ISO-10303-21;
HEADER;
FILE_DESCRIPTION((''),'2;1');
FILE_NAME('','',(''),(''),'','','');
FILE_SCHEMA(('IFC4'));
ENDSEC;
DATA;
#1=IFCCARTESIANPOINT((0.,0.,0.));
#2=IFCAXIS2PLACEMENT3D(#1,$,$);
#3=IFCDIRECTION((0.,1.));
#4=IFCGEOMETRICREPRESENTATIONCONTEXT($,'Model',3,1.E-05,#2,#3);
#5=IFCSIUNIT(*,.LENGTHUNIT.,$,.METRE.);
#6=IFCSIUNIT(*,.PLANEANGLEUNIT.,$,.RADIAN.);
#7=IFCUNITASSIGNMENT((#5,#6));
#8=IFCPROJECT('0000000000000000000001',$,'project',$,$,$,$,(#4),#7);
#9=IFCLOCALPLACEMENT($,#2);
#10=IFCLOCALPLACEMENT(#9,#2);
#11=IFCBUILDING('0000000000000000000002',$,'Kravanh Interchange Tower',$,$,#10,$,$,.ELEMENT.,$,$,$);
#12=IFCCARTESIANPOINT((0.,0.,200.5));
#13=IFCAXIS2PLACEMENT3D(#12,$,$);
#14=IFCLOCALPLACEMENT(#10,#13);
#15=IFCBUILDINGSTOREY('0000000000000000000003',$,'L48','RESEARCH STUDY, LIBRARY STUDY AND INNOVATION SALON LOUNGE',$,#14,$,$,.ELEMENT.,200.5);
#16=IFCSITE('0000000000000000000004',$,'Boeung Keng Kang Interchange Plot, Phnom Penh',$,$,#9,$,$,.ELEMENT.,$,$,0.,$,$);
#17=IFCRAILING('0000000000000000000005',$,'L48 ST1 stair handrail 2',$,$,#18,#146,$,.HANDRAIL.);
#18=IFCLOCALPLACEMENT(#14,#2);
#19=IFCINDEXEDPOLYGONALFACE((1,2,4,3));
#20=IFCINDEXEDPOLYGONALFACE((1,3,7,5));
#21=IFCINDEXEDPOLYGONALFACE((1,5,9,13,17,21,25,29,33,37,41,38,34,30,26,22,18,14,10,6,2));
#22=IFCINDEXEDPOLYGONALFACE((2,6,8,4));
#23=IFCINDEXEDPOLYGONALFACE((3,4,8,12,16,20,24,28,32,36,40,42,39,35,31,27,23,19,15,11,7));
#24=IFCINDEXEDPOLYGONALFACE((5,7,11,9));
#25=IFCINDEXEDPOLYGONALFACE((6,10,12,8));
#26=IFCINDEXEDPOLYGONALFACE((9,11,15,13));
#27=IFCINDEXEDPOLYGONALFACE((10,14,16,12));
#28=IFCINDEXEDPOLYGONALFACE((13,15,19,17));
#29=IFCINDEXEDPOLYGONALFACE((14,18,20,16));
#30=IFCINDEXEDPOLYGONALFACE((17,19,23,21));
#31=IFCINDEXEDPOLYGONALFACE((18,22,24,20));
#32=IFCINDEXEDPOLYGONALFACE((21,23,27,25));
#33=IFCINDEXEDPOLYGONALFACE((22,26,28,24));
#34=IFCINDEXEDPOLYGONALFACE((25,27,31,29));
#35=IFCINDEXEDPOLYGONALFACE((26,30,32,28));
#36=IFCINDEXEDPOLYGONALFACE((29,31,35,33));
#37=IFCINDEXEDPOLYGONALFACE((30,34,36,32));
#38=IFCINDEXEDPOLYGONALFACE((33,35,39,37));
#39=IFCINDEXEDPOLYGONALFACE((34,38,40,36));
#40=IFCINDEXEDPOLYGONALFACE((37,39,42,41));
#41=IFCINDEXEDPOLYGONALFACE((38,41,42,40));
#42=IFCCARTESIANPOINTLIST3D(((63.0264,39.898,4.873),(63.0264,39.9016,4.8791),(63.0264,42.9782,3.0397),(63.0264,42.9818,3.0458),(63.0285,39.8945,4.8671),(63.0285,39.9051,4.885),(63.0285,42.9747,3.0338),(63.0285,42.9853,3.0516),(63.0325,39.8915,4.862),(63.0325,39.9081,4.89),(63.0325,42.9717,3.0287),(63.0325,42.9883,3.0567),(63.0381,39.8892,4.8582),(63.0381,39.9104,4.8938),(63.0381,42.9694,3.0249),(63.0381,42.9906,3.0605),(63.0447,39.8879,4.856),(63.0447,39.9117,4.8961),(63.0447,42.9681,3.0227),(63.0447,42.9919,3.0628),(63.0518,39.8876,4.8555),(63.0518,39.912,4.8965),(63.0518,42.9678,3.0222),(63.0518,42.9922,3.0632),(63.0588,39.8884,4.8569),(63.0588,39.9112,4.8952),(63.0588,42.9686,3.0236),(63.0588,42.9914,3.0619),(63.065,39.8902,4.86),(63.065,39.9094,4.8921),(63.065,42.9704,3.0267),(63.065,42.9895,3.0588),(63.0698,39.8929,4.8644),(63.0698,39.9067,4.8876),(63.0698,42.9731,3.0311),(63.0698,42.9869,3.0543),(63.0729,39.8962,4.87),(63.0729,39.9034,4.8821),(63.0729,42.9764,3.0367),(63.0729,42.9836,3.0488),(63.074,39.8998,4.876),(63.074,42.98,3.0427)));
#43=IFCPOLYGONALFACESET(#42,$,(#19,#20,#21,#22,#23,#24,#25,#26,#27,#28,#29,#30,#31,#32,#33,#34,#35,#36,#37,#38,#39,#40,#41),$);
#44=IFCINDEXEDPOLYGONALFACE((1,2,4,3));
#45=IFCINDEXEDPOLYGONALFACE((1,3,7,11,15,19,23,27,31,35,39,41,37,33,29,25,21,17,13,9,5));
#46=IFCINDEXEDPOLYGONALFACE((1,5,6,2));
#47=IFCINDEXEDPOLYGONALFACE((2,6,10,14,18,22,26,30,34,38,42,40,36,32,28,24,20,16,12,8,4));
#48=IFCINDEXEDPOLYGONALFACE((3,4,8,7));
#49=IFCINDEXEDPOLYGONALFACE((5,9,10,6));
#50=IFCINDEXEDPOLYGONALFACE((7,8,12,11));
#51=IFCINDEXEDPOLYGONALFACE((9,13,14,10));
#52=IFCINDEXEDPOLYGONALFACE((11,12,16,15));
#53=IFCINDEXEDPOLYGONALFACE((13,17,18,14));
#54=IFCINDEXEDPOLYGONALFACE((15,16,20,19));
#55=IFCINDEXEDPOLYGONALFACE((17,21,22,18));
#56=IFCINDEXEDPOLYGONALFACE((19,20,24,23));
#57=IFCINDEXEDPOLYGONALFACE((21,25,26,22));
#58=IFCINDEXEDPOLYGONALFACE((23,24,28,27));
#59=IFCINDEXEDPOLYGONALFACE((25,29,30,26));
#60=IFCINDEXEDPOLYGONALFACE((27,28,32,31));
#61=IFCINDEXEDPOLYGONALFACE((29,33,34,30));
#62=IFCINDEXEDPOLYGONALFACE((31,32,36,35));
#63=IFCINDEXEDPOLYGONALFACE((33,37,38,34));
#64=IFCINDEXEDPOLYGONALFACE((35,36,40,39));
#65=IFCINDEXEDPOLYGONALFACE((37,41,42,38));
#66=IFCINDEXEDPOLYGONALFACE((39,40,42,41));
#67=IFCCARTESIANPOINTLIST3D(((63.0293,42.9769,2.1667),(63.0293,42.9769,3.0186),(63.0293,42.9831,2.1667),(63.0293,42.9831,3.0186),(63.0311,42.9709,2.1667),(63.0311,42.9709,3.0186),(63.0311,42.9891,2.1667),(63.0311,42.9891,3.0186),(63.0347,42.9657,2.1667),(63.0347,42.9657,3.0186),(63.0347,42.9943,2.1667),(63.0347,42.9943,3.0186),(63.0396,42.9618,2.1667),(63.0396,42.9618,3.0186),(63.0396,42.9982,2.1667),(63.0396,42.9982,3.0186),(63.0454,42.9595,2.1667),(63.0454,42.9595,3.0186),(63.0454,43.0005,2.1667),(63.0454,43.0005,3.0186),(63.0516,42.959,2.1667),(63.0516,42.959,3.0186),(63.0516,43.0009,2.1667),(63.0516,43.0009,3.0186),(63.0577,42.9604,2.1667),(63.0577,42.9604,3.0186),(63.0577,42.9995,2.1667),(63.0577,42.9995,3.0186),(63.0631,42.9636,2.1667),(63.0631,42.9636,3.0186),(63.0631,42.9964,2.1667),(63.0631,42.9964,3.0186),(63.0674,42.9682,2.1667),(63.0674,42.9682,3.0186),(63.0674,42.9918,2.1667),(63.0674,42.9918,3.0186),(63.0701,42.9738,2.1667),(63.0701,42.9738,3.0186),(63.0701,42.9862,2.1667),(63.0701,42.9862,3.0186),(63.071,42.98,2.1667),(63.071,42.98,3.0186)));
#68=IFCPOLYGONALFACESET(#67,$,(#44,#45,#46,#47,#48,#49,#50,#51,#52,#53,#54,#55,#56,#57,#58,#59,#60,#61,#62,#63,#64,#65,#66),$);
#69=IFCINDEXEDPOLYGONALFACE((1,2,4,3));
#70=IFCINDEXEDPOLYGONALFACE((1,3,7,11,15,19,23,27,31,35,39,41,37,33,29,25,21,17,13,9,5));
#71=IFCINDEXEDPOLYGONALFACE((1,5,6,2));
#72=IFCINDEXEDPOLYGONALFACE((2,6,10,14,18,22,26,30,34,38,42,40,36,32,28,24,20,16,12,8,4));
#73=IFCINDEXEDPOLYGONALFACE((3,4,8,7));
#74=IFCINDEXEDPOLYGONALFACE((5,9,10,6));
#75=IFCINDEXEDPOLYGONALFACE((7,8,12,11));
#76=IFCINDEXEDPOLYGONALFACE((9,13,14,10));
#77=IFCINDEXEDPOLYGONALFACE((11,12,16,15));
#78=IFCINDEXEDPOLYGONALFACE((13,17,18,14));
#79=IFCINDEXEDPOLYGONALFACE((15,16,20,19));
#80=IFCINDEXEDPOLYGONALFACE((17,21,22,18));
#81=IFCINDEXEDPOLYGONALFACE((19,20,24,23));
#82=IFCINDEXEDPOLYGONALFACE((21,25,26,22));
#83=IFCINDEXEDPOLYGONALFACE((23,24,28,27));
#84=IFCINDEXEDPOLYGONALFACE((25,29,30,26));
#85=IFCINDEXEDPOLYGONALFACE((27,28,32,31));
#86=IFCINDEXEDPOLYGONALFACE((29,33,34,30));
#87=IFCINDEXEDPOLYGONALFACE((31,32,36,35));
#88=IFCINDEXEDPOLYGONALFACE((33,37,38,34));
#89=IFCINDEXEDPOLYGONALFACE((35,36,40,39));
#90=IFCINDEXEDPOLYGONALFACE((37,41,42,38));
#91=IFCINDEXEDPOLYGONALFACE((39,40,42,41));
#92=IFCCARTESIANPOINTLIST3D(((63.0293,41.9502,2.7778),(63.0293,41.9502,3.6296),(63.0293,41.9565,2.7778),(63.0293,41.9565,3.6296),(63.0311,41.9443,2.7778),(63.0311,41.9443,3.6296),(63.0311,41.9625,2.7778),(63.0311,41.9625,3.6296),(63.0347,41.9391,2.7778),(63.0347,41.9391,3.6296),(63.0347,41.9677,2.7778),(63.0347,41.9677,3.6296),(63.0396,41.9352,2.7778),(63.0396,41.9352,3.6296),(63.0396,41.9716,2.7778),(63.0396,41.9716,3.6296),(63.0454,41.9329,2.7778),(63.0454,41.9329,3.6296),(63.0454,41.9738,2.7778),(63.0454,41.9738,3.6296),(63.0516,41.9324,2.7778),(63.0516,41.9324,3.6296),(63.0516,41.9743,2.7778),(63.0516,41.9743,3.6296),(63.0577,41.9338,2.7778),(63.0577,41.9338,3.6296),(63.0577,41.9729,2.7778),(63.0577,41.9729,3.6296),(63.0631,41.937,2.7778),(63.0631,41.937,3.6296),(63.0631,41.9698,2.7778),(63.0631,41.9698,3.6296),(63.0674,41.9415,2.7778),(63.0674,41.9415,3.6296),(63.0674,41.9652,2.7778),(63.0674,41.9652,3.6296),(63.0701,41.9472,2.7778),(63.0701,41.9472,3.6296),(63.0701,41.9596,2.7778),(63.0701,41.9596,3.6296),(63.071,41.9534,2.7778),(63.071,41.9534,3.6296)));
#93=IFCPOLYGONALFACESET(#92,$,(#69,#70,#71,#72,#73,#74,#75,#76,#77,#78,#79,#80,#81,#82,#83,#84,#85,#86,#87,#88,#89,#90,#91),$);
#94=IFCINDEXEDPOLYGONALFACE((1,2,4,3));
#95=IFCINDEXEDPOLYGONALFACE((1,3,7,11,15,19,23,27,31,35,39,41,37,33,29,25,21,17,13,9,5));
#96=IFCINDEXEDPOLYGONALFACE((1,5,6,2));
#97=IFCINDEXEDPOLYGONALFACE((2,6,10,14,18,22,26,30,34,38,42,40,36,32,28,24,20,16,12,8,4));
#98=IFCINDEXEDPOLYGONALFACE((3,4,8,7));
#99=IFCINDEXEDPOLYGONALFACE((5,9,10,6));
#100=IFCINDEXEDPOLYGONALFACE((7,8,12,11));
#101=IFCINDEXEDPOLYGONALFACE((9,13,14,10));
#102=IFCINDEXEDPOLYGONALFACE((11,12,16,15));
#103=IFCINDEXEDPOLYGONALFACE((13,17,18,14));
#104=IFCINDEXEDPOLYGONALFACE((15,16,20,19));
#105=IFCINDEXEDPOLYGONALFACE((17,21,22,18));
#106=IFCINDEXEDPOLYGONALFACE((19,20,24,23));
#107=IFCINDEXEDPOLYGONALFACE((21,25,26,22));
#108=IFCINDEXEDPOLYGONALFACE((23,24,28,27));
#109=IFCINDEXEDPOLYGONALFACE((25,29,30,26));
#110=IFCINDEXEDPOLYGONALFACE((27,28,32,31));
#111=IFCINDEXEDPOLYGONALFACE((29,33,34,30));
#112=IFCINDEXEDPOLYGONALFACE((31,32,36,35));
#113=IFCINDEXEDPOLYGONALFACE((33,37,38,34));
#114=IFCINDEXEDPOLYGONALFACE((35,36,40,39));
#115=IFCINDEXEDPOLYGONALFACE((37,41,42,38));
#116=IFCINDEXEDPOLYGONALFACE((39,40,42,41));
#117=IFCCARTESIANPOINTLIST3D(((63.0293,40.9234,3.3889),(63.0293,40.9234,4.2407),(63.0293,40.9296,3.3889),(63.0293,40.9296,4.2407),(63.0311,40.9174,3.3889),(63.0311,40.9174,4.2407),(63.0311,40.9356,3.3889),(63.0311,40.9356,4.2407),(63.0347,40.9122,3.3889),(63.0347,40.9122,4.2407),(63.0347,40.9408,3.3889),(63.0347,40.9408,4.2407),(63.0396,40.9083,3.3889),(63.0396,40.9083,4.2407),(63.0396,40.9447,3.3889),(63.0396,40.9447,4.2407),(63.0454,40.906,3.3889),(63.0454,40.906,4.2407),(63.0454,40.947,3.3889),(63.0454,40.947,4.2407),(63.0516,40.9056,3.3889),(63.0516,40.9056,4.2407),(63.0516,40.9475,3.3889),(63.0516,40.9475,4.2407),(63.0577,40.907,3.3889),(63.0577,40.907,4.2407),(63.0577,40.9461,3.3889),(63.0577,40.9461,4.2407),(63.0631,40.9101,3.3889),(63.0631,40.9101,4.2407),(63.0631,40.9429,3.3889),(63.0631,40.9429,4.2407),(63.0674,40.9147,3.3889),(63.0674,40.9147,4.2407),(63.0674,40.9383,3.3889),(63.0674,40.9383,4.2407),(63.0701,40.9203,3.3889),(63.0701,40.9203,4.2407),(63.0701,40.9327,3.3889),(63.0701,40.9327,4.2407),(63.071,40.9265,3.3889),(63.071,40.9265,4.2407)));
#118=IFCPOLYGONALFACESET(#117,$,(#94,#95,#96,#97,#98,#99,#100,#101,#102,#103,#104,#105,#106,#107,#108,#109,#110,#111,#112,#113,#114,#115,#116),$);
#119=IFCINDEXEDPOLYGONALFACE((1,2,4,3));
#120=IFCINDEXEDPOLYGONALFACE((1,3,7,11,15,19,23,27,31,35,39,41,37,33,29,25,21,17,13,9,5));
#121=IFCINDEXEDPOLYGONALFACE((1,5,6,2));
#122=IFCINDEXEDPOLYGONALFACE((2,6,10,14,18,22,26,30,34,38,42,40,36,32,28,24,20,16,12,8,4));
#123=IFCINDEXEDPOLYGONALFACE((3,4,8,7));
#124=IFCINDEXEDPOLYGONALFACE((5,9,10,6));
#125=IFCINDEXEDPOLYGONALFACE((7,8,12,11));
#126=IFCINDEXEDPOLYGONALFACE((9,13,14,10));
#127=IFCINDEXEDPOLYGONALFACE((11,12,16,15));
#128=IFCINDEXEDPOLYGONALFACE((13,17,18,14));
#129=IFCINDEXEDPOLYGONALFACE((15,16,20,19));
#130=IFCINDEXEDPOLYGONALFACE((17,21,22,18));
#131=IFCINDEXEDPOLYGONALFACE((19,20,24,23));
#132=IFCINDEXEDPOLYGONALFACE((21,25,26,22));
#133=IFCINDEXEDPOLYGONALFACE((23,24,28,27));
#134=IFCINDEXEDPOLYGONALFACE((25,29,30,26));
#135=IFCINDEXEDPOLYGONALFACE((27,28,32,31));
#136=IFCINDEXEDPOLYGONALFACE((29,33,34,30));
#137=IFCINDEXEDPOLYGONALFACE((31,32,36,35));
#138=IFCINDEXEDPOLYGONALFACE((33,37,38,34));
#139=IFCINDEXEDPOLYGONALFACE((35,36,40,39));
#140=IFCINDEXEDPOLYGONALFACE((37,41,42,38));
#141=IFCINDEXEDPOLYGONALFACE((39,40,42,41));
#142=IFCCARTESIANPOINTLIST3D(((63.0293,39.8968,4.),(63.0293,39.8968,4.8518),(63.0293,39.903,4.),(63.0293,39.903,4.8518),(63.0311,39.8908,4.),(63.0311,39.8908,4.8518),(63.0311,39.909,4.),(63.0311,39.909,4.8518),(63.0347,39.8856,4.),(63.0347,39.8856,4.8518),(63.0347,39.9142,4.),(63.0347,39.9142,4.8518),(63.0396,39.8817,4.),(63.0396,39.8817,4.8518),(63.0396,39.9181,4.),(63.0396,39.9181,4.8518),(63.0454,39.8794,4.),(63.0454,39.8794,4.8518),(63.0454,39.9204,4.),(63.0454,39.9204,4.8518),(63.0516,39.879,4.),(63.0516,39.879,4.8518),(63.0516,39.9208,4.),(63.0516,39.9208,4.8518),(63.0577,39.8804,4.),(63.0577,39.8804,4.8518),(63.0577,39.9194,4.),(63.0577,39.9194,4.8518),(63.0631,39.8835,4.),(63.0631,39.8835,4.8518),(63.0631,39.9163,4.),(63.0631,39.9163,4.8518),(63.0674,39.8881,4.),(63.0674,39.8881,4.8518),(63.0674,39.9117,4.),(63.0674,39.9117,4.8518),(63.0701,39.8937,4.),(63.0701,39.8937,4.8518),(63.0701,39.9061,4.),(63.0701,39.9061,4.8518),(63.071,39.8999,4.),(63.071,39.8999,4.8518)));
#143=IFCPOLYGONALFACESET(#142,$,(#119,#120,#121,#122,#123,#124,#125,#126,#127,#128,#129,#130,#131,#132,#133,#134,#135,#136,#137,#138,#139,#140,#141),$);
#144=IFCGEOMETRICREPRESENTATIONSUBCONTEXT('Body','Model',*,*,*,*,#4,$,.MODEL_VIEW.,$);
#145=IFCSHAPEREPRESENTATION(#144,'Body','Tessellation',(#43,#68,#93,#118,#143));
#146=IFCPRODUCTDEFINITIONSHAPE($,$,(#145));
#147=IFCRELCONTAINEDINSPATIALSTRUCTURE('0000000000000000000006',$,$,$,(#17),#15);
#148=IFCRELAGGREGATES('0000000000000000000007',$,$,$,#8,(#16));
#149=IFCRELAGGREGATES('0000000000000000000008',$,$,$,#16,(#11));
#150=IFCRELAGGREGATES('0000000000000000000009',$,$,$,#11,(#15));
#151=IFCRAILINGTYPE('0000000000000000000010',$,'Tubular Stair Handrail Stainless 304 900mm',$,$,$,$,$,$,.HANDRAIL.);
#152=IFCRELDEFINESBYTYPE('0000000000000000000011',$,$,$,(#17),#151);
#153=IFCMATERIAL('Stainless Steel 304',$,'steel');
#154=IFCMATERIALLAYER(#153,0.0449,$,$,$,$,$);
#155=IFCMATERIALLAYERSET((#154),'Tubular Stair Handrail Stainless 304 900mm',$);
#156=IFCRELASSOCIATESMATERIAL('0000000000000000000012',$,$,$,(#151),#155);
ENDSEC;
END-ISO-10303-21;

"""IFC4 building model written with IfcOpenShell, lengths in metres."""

from ifc_helpers import new_model, si_unit, direction, frame, origin, origin_2d, place, context, subcontext, project, spatial, circle, extrude, material, layer, layer_set, type_object, element, save


model = new_model("IFC4")

# Units and contexts
model_context = context("Model", 3, precision=1e-05, world=origin(), true_north=direction((0.0, 1.0)))
body_context = subcontext(model_context, "Body", "Model", "MODEL_VIEW")
ifc_project = project(units=[si_unit("LENGTHUNIT", "METRE"), si_unit("PLANEANGLEUNIT", "RADIAN")], contexts=[model_context])

# Site, building, storey
site_placement = place(None, origin())
site = spatial("IfcSite", under=ifc_project, at=site_placement, Name="Boeung Keng Kang Interchange Plot, Phnom Penh", CompositionType="ELEMENT", RefElevation=0.0)
building_placement = place(site_placement, origin())
building = spatial("IfcBuilding", under=site, at=building_placement, Name="Kravanh Interchange Tower", CompositionType="ELEMENT")
storey_placement = place(building_placement, frame((0.0, 0.0, 200.5)))
storey = spatial("IfcBuildingStorey", under=building, at=storey_placement, Name="L48", Description="RESEARCH STUDY, LIBRARY STUDY AND INNOVATION SALON LOUNGE", CompositionType="ELEMENT", Elevation=200.5)

# Railing
ifc_material_1 = material(Name="Stainless Steel 304", Category="steel")
ifc_layer_1 = layer(ifc_material_1, 0.0449)
ifc_layer_set_1 = layer_set([ifc_layer_1], Name="Tubular Stair Handrail Stainless 304 900mm")
railing_type_1 = type_object("IfcRailingType", Name="Tubular Stair Handrail Stainless 304 900mm", PredefinedType="HANDRAIL", material=ifc_layer_set_1)
railing_1_placement = place(storey_placement, frame((63.05, 42.98, 2.1667)))
element("IfcRailing", 1, at=railing_1_placement, inside=storey, type_object=railing_type_1, Name="L48 ST1 stair handrail 2", PredefinedType="HANDRAIL", context=body_context, shape_type="SweptSolid", body=[
    extrude(circle(Radius=0.0239, at=origin_2d()), frame((0.0, 0.0, 0.876), z_axis=(0.0, -0.859309, 0.511458), x_axis=(1.0, 0.0, 0.0)), (0.0, 0.0, 1.0), 3.5845),
    extrude(circle(Radius=0.021, at=origin_2d()), origin(), (0.0, 0.0, 1.0), 0.8518),
    extrude(circle(Radius=0.021, at=origin_2d()), frame((0.0, -1.0266, 0.6111)), (0.0, 0.0, 1.0), 0.8518),
    extrude(circle(Radius=0.021, at=origin_2d()), frame((0.0, -2.0535, 1.2222)), (0.0, 0.0, 1.0), 0.8518),
    extrude(circle(Radius=0.021, at=origin_2d()), frame((0.0, -3.0801, 1.8333)), (0.0, 0.0, 1.0), 0.8518),
])

save(model, "model.ifc")
